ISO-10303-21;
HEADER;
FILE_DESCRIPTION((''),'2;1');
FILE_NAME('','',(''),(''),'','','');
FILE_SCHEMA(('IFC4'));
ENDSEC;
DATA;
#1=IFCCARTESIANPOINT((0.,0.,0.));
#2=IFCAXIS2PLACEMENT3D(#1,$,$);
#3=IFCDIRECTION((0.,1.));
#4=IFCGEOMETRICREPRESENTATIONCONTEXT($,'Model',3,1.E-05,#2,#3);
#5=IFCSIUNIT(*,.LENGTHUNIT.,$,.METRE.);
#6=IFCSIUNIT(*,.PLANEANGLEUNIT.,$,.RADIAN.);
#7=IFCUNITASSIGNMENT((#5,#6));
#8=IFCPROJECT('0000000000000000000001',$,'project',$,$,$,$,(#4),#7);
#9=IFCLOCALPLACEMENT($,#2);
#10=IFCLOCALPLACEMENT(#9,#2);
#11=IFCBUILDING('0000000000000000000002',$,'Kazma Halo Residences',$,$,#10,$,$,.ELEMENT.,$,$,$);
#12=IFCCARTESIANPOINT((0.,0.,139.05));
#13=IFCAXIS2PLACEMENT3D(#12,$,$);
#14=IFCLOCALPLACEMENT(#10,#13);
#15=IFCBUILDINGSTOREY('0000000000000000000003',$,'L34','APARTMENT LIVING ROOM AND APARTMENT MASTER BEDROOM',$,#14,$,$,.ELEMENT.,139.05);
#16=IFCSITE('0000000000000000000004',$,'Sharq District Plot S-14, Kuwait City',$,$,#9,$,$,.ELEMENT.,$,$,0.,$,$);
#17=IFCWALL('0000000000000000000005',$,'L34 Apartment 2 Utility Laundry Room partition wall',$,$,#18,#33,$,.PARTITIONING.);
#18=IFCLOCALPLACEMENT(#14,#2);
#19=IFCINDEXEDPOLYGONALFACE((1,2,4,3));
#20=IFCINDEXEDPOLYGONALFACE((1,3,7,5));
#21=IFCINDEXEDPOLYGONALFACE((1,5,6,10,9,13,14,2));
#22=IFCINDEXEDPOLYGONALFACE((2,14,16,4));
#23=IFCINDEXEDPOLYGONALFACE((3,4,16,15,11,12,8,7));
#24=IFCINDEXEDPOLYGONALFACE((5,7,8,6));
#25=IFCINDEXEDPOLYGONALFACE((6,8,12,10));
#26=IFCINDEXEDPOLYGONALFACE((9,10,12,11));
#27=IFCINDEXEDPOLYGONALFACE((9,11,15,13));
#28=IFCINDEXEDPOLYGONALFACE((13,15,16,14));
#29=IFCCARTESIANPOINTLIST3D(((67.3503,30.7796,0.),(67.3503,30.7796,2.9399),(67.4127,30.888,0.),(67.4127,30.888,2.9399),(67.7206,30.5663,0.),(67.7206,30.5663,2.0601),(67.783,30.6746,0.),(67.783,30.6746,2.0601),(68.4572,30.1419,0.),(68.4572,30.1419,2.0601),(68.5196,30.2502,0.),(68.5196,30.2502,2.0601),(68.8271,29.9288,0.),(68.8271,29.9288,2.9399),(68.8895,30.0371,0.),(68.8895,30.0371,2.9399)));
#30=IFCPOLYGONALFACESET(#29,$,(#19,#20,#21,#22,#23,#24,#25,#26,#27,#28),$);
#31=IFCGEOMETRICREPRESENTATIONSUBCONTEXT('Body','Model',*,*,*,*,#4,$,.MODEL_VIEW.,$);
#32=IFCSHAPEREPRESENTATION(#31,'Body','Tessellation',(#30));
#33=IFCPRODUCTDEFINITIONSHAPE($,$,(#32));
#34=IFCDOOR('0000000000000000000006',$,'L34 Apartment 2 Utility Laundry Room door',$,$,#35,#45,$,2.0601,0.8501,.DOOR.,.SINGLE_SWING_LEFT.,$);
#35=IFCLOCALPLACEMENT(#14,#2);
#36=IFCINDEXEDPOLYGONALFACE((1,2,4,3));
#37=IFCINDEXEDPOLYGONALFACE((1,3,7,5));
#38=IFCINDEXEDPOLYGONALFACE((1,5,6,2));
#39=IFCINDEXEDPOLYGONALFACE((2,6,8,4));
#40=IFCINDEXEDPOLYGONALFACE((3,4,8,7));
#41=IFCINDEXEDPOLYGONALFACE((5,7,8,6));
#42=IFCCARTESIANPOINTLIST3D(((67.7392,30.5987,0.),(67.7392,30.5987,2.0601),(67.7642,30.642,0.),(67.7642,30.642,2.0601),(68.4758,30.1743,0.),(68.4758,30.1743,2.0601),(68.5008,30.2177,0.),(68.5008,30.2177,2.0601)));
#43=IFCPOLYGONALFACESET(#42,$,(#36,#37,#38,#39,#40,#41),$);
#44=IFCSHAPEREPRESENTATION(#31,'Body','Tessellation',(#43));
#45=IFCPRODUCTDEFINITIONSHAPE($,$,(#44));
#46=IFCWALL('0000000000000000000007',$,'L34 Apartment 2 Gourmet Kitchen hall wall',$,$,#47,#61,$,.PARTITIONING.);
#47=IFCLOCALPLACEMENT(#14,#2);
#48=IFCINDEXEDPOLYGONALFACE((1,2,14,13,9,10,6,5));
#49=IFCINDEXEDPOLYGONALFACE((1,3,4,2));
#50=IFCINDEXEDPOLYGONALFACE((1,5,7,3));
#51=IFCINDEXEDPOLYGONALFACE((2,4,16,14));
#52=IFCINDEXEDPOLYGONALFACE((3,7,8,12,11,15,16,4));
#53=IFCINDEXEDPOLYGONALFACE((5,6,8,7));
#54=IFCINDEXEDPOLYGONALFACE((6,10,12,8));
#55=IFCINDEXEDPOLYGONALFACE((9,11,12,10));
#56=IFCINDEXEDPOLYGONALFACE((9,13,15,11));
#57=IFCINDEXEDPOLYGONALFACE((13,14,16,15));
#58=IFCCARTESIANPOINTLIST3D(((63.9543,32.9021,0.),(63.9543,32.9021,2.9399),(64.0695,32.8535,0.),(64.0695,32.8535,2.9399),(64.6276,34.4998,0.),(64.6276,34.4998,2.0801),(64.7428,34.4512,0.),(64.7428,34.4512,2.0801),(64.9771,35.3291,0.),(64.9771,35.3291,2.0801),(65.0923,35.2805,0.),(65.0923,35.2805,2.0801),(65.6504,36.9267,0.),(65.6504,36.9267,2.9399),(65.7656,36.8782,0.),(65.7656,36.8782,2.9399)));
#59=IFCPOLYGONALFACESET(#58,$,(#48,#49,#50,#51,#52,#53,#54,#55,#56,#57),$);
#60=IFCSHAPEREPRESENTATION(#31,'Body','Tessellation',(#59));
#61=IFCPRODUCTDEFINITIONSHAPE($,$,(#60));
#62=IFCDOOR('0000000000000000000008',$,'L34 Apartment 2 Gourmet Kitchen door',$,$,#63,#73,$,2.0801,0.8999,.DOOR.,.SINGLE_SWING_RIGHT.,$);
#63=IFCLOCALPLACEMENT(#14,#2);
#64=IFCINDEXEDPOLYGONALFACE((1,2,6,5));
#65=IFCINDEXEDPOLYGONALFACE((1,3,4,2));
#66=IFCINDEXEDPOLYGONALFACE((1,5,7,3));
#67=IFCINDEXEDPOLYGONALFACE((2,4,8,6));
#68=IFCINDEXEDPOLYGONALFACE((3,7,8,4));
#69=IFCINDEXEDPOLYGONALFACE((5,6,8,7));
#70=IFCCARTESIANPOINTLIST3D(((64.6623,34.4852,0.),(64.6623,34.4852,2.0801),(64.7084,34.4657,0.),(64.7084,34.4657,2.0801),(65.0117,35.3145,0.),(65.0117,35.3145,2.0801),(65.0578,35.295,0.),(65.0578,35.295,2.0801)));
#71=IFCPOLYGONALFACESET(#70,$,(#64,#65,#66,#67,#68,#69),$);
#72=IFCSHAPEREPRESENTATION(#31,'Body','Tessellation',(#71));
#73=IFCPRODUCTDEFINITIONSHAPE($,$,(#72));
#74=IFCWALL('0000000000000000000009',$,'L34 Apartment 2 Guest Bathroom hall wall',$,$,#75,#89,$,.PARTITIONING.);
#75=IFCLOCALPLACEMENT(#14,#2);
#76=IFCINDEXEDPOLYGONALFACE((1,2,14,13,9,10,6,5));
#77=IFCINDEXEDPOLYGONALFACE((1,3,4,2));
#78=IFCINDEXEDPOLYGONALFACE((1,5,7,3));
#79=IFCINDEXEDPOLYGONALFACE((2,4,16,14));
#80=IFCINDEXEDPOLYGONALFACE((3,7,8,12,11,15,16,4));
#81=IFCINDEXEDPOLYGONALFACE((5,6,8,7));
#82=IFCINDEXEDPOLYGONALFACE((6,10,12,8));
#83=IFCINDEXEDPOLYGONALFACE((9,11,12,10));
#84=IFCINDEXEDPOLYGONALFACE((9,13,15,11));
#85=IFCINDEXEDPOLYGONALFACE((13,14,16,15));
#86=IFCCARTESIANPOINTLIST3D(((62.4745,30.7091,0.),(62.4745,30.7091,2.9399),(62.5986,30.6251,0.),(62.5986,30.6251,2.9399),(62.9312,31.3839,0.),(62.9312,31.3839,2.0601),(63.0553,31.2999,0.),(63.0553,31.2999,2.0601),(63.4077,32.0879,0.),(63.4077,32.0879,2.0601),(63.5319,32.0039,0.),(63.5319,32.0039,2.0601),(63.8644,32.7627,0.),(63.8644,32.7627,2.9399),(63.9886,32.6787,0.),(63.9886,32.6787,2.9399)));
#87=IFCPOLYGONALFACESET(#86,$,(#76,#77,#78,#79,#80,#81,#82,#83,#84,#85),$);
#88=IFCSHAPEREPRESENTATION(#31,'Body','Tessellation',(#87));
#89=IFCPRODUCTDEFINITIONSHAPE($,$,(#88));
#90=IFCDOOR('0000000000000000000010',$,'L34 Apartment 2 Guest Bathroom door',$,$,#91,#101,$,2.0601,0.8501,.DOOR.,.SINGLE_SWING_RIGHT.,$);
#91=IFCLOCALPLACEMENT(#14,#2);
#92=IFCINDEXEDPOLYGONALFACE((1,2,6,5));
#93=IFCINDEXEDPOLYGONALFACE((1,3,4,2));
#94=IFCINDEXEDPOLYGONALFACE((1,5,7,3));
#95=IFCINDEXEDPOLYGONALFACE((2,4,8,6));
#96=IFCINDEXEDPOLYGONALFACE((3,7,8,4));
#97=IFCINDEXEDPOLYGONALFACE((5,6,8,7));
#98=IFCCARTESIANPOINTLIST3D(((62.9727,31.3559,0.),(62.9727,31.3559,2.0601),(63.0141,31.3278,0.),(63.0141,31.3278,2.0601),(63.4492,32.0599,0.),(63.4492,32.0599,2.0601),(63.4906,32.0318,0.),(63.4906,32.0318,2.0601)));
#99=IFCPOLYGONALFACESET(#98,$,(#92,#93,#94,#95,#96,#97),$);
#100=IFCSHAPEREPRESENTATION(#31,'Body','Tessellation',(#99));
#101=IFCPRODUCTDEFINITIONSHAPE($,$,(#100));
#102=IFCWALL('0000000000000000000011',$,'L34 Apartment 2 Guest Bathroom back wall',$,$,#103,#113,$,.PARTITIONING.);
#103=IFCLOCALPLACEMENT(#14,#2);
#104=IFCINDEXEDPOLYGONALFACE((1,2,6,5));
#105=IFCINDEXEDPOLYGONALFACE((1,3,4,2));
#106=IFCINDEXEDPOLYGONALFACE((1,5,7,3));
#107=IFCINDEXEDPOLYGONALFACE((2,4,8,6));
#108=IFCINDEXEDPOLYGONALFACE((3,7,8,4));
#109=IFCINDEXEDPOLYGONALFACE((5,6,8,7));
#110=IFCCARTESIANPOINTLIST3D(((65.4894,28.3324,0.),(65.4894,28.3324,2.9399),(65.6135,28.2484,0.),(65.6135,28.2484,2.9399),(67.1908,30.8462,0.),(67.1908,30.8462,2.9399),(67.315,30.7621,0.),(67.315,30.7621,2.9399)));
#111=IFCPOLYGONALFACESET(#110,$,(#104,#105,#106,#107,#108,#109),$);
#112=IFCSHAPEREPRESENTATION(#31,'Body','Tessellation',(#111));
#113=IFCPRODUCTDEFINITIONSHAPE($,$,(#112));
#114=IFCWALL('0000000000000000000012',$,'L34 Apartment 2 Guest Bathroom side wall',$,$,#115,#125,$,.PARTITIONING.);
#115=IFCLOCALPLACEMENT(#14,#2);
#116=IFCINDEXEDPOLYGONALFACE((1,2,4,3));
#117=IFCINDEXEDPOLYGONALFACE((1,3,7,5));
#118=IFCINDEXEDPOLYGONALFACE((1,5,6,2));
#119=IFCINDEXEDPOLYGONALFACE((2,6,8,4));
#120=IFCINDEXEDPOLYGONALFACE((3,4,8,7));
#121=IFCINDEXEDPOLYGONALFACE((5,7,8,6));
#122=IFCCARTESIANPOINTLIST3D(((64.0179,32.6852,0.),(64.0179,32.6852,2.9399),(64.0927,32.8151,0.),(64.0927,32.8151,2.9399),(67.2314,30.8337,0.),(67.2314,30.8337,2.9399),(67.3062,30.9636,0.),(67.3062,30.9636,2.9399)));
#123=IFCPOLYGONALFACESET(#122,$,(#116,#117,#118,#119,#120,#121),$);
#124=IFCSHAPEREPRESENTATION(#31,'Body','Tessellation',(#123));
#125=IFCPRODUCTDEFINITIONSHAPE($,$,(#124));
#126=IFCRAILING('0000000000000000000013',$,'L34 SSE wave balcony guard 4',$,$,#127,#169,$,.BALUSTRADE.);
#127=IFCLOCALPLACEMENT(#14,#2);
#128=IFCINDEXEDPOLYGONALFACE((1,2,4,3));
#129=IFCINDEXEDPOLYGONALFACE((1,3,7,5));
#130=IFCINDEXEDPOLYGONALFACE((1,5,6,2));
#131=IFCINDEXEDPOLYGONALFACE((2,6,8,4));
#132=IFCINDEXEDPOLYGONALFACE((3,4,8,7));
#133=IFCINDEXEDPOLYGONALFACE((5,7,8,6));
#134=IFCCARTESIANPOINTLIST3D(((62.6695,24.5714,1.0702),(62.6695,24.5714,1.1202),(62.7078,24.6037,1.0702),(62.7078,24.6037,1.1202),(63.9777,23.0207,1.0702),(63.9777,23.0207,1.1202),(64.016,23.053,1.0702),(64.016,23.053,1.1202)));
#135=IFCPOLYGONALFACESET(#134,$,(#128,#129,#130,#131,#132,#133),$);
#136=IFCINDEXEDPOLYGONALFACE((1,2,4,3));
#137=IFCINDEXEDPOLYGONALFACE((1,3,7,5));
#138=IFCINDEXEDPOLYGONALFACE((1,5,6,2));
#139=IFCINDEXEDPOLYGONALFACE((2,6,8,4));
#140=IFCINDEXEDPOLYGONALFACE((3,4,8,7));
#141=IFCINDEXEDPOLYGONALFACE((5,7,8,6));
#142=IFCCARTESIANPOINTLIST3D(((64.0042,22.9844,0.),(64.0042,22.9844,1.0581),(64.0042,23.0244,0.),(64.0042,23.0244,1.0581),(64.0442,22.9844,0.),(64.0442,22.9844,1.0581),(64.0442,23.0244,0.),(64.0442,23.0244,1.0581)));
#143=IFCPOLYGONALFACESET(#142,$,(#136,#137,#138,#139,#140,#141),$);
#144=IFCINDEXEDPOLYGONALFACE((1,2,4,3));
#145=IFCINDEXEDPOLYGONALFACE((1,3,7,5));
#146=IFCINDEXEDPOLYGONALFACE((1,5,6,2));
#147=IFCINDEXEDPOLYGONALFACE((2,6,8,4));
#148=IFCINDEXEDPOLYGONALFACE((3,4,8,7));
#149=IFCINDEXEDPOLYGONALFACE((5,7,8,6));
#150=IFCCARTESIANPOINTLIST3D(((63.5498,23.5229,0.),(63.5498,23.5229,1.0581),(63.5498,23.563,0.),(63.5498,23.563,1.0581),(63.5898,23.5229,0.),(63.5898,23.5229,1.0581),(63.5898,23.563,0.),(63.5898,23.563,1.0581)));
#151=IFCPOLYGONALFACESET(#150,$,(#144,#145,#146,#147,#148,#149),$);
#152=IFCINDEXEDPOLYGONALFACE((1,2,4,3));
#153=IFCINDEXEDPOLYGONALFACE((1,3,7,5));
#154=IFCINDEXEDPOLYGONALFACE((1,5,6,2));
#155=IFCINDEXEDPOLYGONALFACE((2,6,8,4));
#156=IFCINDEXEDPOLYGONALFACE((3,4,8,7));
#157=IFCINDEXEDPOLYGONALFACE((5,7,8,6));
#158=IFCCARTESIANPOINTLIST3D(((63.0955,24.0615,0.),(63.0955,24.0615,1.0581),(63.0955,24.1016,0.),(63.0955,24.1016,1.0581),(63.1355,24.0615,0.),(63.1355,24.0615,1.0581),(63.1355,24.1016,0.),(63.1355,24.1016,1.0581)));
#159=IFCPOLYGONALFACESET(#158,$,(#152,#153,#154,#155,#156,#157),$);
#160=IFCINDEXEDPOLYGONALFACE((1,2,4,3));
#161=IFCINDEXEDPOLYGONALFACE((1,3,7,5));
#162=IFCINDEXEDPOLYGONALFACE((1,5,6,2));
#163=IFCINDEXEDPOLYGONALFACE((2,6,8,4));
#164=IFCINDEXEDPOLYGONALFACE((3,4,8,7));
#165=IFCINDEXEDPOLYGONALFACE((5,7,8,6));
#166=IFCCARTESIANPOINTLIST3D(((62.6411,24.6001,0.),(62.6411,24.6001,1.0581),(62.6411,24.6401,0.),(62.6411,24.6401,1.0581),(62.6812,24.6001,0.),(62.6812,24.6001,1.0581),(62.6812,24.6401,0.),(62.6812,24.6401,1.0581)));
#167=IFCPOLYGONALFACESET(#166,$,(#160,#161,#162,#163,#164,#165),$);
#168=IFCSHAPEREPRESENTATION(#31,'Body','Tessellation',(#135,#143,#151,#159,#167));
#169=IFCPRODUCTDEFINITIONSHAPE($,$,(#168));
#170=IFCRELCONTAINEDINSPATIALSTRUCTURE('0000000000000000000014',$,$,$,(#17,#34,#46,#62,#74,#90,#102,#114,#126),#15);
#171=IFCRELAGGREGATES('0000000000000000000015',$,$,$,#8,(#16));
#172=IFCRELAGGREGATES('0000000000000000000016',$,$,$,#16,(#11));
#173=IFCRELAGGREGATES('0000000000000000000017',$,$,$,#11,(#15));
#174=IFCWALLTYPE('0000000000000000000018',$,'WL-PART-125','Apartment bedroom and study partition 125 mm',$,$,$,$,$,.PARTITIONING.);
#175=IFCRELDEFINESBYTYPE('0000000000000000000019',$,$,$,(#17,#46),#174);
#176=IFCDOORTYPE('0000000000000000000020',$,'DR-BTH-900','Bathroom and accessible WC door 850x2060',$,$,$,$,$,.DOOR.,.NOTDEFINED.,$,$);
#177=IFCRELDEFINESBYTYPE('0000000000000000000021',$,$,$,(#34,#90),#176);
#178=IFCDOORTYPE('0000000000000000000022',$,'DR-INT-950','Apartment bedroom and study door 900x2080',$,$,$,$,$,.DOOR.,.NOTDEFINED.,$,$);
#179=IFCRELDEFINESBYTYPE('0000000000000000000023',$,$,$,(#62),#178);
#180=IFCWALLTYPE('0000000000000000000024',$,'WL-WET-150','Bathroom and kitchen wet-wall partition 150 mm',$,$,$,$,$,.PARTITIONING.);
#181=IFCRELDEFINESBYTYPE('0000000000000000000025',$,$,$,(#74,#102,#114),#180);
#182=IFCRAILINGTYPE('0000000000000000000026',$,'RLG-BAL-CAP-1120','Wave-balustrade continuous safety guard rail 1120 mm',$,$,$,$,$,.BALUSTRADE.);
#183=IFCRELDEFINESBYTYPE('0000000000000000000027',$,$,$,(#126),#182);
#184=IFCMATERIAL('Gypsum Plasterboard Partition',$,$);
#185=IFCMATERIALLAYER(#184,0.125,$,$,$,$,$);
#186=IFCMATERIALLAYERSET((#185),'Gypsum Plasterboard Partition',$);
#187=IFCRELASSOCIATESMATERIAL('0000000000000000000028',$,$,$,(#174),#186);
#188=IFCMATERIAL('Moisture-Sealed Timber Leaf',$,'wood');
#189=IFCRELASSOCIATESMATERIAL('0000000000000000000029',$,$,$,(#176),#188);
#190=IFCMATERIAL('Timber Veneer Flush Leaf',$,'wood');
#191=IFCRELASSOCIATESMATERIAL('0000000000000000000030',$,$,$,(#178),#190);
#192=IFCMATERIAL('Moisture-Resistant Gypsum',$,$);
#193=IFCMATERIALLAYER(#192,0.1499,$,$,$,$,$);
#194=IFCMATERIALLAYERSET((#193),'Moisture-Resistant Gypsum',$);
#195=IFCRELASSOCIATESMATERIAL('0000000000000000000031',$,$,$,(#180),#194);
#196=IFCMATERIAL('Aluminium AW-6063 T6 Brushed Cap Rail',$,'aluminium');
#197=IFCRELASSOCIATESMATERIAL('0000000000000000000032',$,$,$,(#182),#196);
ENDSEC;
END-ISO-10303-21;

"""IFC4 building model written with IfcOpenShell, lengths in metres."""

from ifc_helpers import new_model, si_unit, direction, frame, frame_2d, origin, origin_2d, place, context, subcontext, project, spatial, rectangle, extrude, material, layer, layer_set, type_object, element, fill, save


model = new_model("IFC4")

# Units and contexts
model_context = context("Model", 3, precision=1e-05, world=origin(), true_north=direction((0.0, 1.0)))
body_context = subcontext(model_context, "Body", "Model", "MODEL_VIEW")
ifc_project = project(units=[si_unit("LENGTHUNIT", "METRE"), si_unit("PLANEANGLEUNIT", "RADIAN")], contexts=[model_context])

# Site, building, storey
site_placement = place(None, origin())
site = spatial("IfcSite", under=ifc_project, at=site_placement, Name="Sharq District Plot S-14, Kuwait City", CompositionType="ELEMENT", RefElevation=0.0)
building_placement = place(site_placement, origin())
building = spatial("IfcBuilding", under=site, at=building_placement, Name="Kazma Halo Residences", CompositionType="ELEMENT")
storey_placement = place(building_placement, frame((0.0, 0.0, 139.05)))
storey = spatial("IfcBuildingStorey", under=building, at=storey_placement, Name="L34", Description="APARTMENT LIVING ROOM AND APARTMENT MASTER BEDROOM", CompositionType="ELEMENT", Elevation=139.05)

# Walls, openings, doors
ifc_material_1 = material(Name="Gypsum Plasterboard Partition")
ifc_layer_1 = layer(ifc_material_1, 0.125)
ifc_layer_set_1 = layer_set([ifc_layer_1], Name="Gypsum Plasterboard Partition")
wall_type_1 = type_object("IfcWallType", Name="WL-PART-125", Description="Apartment bedroom and study partition 125 mm", PredefinedType="PARTITIONING", material=ifc_layer_set_1)
wall_1_placement = place(storey_placement, frame((67.3816, 30.8337, 0.0), z_axis=(0.0, 0.0, 1.0), x_axis=(0.866484, -0.499206, 0.0)))
wall_1 = element("IfcWall", 1, at=wall_1_placement, inside=storey, type_object=wall_type_1, Name="L34 Apartment 2 Utility Laundry Room partition wall", PredefinedType="PARTITIONING", context=body_context, shape_type="SweptSolid", body=[
    extrude(rectangle(XDim=1.7043, YDim=0.125, at=frame_2d((0.8521, 0.0))), origin(), (0.0, 0.0, 1.0), 2.9399),
])
opening_1_placement = place(wall_1_placement, frame((0.4272, 0.0, 0.0)))
opening_1 = element("IfcOpeningElement", 2, at=opening_1_placement, cuts=wall_1, PredefinedType="OPENING", context=body_context, shape_type="SweptSolid", body=[
    extrude(rectangle(XDim=0.8501, YDim=2.0601, at=frame_2d((0.425, 1.03))), frame((0.0, 0.0725, 0.0), z_axis=(0.0, -1.0, 0.0), x_axis=(1.0, 0.0, 0.0)), (0.0, 0.0, 1.0), 0.145),
])
ifc_material_2 = material(Name="Moisture-Sealed Timber Leaf", Category="wood")
door_type_1 = type_object("IfcDoorType", Name="DR-BTH-900", Description="Bathroom and accessible WC door 850x2060", OperationType="NOTDEFINED", PredefinedType="DOOR", material=ifc_material_2)
door_1_placement = place(opening_1_placement, origin())
door_1 = element("IfcDoor", 3, at=door_1_placement, inside=storey, type_object=door_type_1, Name="L34 Apartment 2 Utility Laundry Room door", OperationType="SINGLE_SWING_LEFT", OverallHeight=2.0601, OverallWidth=0.8501, PredefinedType="DOOR", context=body_context, shape_type="SweptSolid", body=[
    extrude(rectangle(XDim=0.8501, YDim=2.0601, at=frame_2d((0.425, 1.03))), frame((0.0, 0.0249, 0.0), z_axis=(0.0, -1.0, 0.0), x_axis=(1.0, 0.0, 0.0)), (0.0, 0.0, 1.0), 0.05),
])
fill(opening_1, door_1)
wall_2_placement = place(storey_placement, frame((64.012, 32.8779, 0.0), z_axis=(0.0, 0.0, 1.0), x_axis=(0.388339, 0.921516, 0.0)))
wall_2 = element("IfcWall", 4, at=wall_2_placement, inside=storey, type_object=wall_type_1, Name="L34 Apartment 2 Gourmet Kitchen hall wall", PredefinedType="PARTITIONING", context=body_context, shape_type="SweptSolid", body=[
    extrude(rectangle(XDim=4.3674, YDim=0.125, at=frame_2d((2.1836, 0.0))), origin(), (0.0, 0.0, 1.0), 2.9399),
])
opening_2_placement = place(wall_2_placement, frame((1.7336, 0.0, 0.0)))
opening_2 = element("IfcOpeningElement", 5, at=opening_2_placement, cuts=wall_2, PredefinedType="OPENING", context=body_context, shape_type="SweptSolid", body=[
    extrude(rectangle(XDim=0.8999, YDim=2.0801, at=frame_2d((0.45, 1.04))), frame((0.0, 0.0725, 0.0), z_axis=(0.0, -1.0, 0.0), x_axis=(1.0, 0.0, 0.0)), (0.0, 0.0, 1.0), 0.145),
])
ifc_material_3 = material(Name="Timber Veneer Flush Leaf", Category="wood")
door_type_2 = type_object("IfcDoorType", Name="DR-INT-950", Description="Apartment bedroom and study door 900x2080", OperationType="NOTDEFINED", PredefinedType="DOOR", material=ifc_material_3)
door_2_placement = place(opening_2_placement, origin())
door_2 = element("IfcDoor", 6, at=door_2_placement, inside=storey, type_object=door_type_2, Name="L34 Apartment 2 Gourmet Kitchen door", OperationType="SINGLE_SWING_RIGHT", OverallHeight=2.0801, OverallWidth=0.8999, PredefinedType="DOOR", context=body_context, shape_type="SweptSolid", body=[
    extrude(rectangle(XDim=0.8999, YDim=2.0801, at=frame_2d((0.45, 1.04))), frame((0.0, 0.0249, 0.0), z_axis=(0.0, -1.0, 0.0), x_axis=(1.0, 0.0, 0.0)), (0.0, 0.0, 1.0), 0.05),
])
fill(opening_2, door_2)
ifc_material_4 = material(Name="Moisture-Resistant Gypsum")
ifc_layer_2 = layer(ifc_material_4, 0.1499)
ifc_layer_set_2 = layer_set([ifc_layer_2], Name="Moisture-Resistant Gypsum")
wall_type_2 = type_object("IfcWallType", Name="WL-WET-150", Description="Bathroom and kitchen wet-wall partition 150 mm", PredefinedType="PARTITIONING", material=ifc_layer_set_2)
wall_3_placement = place(storey_placement, frame((62.5366, 30.6672, 0.0), z_axis=(0.0, 0.0, 1.0), x_axis=(0.560526, 0.828137, 0.0)))
wall_3 = element("IfcWall", 7, at=wall_3_placement, inside=storey, type_object=wall_type_2, Name="L34 Apartment 2 Guest Bathroom hall wall", PredefinedType="PARTITIONING", context=body_context, shape_type="SweptSolid", body=[
    extrude(rectangle(XDim=2.4797, YDim=0.1499, at=frame_2d((1.2397, 0.0))), origin(), (0.0, 0.0, 1.0), 2.9399),
])
opening_3_placement = place(wall_3_placement, frame((0.8147, 0.0, 0.0)))
opening_3 = element("IfcOpeningElement", 8, at=opening_3_placement, cuts=wall_3, PredefinedType="OPENING", context=body_context, shape_type="SweptSolid", body=[
    extrude(rectangle(XDim=0.8501, YDim=2.0601, at=frame_2d((0.425, 1.03))), frame((0.0, 0.085, 0.0), z_axis=(0.0, -1.0, 0.0), x_axis=(1.0, 0.0, 0.0)), (0.0, 0.0, 1.0), 0.1699),
])
door_3_placement = place(opening_3_placement, origin())
door_3 = element("IfcDoor", 9, at=door_3_placement, inside=storey, type_object=door_type_1, Name="L34 Apartment 2 Guest Bathroom door", OperationType="SINGLE_SWING_RIGHT", OverallHeight=2.0601, OverallWidth=0.8501, PredefinedType="DOOR", context=body_context, shape_type="SweptSolid", body=[
    extrude(rectangle(XDim=0.8501, YDim=2.0601, at=frame_2d((0.425, 1.03))), frame((0.0, 0.0249, 0.0), z_axis=(0.0, -1.0, 0.0), x_axis=(1.0, 0.0, 0.0)), (0.0, 0.0, 1.0), 0.05),
])
fill(opening_3, door_3)

# Walls
wall_4_placement = place(storey_placement, frame((65.5515, 28.2905, 0.0), z_axis=(0.0, 0.0, 1.0), x_axis=(0.560533, 0.828132, 0.0)))
element("IfcWall", 10, at=wall_4_placement, inside=storey, type_object=wall_type_2, Name="L34 Apartment 2 Guest Bathroom back wall", PredefinedType="PARTITIONING", context=body_context, shape_type="SweptSolid", body=[
    extrude(rectangle(XDim=3.0354, YDim=0.1499, at=frame_2d((1.5176, 0.0))), origin(), (0.0, 0.0, 1.0), 2.9399),
])
wall_5_placement = place(storey_placement, frame((64.0552, 32.7502, 0.0), z_axis=(0.0, 0.0, 1.0), x_axis=(0.866471, -0.499227, 0.0)))
element("IfcWall", 11, at=wall_5_placement, inside=storey, type_object=wall_type_2, Name="L34 Apartment 2 Guest Bathroom side wall", PredefinedType="PARTITIONING", context=body_context, shape_type="SweptSolid", body=[
    extrude(rectangle(XDim=3.7087, YDim=0.1499, at=frame_2d((1.8545, 0.0))), origin(), (0.0, 0.0, 1.0), 2.9399),
])

# Railing
ifc_material_5 = material(Name="Aluminium AW-6063 T6 Brushed Cap Rail", Category="aluminium")
railing_type = type_object("IfcRailingType", Name="RLG-BAL-CAP-1120", Description="Wave-balustrade continuous safety guard rail 1120 mm", PredefinedType="BALUSTRADE", material=ifc_material_5)
railing_1_placement = place(storey_placement, frame((64.0242, 23.0044, 0.0)))
element("IfcRailing", 12, at=railing_1_placement, inside=storey, type_object=railing_type, Name="L34 SSE wave balcony guard 4", PredefinedType="BALUSTRADE", context=body_context, shape_type="SweptSolid", body=[
    extrude(rectangle(XDim=0.05, YDim=0.05, at=origin_2d()), frame((-0.0273, 0.0325, 1.0952), z_axis=(-0.644808, 0.764345, 0.0), x_axis=(-0.764345, -0.644808, 0.0)), (0.0, 0.0, 1.0), 2.0288),
    extrude(rectangle(XDim=0.04, YDim=0.04, at=origin_2d()), origin(), (0.0, 0.0, 1.0), 1.0581),
    extrude(rectangle(XDim=0.04, YDim=0.04, at=origin_2d()), frame((-0.4543, 0.5386, 0.0)), (0.0, 0.0, 1.0), 1.0581),
    extrude(rectangle(XDim=0.04, YDim=0.04, at=origin_2d()), frame((-0.9087, 1.0771, 0.0)), (0.0, 0.0, 1.0), 1.0581),
    extrude(rectangle(XDim=0.04, YDim=0.04, at=origin_2d()), frame((-1.363, 1.6157, 0.0)), (0.0, 0.0, 1.0), 1.0581),
])

save(model, "model.ifc")
